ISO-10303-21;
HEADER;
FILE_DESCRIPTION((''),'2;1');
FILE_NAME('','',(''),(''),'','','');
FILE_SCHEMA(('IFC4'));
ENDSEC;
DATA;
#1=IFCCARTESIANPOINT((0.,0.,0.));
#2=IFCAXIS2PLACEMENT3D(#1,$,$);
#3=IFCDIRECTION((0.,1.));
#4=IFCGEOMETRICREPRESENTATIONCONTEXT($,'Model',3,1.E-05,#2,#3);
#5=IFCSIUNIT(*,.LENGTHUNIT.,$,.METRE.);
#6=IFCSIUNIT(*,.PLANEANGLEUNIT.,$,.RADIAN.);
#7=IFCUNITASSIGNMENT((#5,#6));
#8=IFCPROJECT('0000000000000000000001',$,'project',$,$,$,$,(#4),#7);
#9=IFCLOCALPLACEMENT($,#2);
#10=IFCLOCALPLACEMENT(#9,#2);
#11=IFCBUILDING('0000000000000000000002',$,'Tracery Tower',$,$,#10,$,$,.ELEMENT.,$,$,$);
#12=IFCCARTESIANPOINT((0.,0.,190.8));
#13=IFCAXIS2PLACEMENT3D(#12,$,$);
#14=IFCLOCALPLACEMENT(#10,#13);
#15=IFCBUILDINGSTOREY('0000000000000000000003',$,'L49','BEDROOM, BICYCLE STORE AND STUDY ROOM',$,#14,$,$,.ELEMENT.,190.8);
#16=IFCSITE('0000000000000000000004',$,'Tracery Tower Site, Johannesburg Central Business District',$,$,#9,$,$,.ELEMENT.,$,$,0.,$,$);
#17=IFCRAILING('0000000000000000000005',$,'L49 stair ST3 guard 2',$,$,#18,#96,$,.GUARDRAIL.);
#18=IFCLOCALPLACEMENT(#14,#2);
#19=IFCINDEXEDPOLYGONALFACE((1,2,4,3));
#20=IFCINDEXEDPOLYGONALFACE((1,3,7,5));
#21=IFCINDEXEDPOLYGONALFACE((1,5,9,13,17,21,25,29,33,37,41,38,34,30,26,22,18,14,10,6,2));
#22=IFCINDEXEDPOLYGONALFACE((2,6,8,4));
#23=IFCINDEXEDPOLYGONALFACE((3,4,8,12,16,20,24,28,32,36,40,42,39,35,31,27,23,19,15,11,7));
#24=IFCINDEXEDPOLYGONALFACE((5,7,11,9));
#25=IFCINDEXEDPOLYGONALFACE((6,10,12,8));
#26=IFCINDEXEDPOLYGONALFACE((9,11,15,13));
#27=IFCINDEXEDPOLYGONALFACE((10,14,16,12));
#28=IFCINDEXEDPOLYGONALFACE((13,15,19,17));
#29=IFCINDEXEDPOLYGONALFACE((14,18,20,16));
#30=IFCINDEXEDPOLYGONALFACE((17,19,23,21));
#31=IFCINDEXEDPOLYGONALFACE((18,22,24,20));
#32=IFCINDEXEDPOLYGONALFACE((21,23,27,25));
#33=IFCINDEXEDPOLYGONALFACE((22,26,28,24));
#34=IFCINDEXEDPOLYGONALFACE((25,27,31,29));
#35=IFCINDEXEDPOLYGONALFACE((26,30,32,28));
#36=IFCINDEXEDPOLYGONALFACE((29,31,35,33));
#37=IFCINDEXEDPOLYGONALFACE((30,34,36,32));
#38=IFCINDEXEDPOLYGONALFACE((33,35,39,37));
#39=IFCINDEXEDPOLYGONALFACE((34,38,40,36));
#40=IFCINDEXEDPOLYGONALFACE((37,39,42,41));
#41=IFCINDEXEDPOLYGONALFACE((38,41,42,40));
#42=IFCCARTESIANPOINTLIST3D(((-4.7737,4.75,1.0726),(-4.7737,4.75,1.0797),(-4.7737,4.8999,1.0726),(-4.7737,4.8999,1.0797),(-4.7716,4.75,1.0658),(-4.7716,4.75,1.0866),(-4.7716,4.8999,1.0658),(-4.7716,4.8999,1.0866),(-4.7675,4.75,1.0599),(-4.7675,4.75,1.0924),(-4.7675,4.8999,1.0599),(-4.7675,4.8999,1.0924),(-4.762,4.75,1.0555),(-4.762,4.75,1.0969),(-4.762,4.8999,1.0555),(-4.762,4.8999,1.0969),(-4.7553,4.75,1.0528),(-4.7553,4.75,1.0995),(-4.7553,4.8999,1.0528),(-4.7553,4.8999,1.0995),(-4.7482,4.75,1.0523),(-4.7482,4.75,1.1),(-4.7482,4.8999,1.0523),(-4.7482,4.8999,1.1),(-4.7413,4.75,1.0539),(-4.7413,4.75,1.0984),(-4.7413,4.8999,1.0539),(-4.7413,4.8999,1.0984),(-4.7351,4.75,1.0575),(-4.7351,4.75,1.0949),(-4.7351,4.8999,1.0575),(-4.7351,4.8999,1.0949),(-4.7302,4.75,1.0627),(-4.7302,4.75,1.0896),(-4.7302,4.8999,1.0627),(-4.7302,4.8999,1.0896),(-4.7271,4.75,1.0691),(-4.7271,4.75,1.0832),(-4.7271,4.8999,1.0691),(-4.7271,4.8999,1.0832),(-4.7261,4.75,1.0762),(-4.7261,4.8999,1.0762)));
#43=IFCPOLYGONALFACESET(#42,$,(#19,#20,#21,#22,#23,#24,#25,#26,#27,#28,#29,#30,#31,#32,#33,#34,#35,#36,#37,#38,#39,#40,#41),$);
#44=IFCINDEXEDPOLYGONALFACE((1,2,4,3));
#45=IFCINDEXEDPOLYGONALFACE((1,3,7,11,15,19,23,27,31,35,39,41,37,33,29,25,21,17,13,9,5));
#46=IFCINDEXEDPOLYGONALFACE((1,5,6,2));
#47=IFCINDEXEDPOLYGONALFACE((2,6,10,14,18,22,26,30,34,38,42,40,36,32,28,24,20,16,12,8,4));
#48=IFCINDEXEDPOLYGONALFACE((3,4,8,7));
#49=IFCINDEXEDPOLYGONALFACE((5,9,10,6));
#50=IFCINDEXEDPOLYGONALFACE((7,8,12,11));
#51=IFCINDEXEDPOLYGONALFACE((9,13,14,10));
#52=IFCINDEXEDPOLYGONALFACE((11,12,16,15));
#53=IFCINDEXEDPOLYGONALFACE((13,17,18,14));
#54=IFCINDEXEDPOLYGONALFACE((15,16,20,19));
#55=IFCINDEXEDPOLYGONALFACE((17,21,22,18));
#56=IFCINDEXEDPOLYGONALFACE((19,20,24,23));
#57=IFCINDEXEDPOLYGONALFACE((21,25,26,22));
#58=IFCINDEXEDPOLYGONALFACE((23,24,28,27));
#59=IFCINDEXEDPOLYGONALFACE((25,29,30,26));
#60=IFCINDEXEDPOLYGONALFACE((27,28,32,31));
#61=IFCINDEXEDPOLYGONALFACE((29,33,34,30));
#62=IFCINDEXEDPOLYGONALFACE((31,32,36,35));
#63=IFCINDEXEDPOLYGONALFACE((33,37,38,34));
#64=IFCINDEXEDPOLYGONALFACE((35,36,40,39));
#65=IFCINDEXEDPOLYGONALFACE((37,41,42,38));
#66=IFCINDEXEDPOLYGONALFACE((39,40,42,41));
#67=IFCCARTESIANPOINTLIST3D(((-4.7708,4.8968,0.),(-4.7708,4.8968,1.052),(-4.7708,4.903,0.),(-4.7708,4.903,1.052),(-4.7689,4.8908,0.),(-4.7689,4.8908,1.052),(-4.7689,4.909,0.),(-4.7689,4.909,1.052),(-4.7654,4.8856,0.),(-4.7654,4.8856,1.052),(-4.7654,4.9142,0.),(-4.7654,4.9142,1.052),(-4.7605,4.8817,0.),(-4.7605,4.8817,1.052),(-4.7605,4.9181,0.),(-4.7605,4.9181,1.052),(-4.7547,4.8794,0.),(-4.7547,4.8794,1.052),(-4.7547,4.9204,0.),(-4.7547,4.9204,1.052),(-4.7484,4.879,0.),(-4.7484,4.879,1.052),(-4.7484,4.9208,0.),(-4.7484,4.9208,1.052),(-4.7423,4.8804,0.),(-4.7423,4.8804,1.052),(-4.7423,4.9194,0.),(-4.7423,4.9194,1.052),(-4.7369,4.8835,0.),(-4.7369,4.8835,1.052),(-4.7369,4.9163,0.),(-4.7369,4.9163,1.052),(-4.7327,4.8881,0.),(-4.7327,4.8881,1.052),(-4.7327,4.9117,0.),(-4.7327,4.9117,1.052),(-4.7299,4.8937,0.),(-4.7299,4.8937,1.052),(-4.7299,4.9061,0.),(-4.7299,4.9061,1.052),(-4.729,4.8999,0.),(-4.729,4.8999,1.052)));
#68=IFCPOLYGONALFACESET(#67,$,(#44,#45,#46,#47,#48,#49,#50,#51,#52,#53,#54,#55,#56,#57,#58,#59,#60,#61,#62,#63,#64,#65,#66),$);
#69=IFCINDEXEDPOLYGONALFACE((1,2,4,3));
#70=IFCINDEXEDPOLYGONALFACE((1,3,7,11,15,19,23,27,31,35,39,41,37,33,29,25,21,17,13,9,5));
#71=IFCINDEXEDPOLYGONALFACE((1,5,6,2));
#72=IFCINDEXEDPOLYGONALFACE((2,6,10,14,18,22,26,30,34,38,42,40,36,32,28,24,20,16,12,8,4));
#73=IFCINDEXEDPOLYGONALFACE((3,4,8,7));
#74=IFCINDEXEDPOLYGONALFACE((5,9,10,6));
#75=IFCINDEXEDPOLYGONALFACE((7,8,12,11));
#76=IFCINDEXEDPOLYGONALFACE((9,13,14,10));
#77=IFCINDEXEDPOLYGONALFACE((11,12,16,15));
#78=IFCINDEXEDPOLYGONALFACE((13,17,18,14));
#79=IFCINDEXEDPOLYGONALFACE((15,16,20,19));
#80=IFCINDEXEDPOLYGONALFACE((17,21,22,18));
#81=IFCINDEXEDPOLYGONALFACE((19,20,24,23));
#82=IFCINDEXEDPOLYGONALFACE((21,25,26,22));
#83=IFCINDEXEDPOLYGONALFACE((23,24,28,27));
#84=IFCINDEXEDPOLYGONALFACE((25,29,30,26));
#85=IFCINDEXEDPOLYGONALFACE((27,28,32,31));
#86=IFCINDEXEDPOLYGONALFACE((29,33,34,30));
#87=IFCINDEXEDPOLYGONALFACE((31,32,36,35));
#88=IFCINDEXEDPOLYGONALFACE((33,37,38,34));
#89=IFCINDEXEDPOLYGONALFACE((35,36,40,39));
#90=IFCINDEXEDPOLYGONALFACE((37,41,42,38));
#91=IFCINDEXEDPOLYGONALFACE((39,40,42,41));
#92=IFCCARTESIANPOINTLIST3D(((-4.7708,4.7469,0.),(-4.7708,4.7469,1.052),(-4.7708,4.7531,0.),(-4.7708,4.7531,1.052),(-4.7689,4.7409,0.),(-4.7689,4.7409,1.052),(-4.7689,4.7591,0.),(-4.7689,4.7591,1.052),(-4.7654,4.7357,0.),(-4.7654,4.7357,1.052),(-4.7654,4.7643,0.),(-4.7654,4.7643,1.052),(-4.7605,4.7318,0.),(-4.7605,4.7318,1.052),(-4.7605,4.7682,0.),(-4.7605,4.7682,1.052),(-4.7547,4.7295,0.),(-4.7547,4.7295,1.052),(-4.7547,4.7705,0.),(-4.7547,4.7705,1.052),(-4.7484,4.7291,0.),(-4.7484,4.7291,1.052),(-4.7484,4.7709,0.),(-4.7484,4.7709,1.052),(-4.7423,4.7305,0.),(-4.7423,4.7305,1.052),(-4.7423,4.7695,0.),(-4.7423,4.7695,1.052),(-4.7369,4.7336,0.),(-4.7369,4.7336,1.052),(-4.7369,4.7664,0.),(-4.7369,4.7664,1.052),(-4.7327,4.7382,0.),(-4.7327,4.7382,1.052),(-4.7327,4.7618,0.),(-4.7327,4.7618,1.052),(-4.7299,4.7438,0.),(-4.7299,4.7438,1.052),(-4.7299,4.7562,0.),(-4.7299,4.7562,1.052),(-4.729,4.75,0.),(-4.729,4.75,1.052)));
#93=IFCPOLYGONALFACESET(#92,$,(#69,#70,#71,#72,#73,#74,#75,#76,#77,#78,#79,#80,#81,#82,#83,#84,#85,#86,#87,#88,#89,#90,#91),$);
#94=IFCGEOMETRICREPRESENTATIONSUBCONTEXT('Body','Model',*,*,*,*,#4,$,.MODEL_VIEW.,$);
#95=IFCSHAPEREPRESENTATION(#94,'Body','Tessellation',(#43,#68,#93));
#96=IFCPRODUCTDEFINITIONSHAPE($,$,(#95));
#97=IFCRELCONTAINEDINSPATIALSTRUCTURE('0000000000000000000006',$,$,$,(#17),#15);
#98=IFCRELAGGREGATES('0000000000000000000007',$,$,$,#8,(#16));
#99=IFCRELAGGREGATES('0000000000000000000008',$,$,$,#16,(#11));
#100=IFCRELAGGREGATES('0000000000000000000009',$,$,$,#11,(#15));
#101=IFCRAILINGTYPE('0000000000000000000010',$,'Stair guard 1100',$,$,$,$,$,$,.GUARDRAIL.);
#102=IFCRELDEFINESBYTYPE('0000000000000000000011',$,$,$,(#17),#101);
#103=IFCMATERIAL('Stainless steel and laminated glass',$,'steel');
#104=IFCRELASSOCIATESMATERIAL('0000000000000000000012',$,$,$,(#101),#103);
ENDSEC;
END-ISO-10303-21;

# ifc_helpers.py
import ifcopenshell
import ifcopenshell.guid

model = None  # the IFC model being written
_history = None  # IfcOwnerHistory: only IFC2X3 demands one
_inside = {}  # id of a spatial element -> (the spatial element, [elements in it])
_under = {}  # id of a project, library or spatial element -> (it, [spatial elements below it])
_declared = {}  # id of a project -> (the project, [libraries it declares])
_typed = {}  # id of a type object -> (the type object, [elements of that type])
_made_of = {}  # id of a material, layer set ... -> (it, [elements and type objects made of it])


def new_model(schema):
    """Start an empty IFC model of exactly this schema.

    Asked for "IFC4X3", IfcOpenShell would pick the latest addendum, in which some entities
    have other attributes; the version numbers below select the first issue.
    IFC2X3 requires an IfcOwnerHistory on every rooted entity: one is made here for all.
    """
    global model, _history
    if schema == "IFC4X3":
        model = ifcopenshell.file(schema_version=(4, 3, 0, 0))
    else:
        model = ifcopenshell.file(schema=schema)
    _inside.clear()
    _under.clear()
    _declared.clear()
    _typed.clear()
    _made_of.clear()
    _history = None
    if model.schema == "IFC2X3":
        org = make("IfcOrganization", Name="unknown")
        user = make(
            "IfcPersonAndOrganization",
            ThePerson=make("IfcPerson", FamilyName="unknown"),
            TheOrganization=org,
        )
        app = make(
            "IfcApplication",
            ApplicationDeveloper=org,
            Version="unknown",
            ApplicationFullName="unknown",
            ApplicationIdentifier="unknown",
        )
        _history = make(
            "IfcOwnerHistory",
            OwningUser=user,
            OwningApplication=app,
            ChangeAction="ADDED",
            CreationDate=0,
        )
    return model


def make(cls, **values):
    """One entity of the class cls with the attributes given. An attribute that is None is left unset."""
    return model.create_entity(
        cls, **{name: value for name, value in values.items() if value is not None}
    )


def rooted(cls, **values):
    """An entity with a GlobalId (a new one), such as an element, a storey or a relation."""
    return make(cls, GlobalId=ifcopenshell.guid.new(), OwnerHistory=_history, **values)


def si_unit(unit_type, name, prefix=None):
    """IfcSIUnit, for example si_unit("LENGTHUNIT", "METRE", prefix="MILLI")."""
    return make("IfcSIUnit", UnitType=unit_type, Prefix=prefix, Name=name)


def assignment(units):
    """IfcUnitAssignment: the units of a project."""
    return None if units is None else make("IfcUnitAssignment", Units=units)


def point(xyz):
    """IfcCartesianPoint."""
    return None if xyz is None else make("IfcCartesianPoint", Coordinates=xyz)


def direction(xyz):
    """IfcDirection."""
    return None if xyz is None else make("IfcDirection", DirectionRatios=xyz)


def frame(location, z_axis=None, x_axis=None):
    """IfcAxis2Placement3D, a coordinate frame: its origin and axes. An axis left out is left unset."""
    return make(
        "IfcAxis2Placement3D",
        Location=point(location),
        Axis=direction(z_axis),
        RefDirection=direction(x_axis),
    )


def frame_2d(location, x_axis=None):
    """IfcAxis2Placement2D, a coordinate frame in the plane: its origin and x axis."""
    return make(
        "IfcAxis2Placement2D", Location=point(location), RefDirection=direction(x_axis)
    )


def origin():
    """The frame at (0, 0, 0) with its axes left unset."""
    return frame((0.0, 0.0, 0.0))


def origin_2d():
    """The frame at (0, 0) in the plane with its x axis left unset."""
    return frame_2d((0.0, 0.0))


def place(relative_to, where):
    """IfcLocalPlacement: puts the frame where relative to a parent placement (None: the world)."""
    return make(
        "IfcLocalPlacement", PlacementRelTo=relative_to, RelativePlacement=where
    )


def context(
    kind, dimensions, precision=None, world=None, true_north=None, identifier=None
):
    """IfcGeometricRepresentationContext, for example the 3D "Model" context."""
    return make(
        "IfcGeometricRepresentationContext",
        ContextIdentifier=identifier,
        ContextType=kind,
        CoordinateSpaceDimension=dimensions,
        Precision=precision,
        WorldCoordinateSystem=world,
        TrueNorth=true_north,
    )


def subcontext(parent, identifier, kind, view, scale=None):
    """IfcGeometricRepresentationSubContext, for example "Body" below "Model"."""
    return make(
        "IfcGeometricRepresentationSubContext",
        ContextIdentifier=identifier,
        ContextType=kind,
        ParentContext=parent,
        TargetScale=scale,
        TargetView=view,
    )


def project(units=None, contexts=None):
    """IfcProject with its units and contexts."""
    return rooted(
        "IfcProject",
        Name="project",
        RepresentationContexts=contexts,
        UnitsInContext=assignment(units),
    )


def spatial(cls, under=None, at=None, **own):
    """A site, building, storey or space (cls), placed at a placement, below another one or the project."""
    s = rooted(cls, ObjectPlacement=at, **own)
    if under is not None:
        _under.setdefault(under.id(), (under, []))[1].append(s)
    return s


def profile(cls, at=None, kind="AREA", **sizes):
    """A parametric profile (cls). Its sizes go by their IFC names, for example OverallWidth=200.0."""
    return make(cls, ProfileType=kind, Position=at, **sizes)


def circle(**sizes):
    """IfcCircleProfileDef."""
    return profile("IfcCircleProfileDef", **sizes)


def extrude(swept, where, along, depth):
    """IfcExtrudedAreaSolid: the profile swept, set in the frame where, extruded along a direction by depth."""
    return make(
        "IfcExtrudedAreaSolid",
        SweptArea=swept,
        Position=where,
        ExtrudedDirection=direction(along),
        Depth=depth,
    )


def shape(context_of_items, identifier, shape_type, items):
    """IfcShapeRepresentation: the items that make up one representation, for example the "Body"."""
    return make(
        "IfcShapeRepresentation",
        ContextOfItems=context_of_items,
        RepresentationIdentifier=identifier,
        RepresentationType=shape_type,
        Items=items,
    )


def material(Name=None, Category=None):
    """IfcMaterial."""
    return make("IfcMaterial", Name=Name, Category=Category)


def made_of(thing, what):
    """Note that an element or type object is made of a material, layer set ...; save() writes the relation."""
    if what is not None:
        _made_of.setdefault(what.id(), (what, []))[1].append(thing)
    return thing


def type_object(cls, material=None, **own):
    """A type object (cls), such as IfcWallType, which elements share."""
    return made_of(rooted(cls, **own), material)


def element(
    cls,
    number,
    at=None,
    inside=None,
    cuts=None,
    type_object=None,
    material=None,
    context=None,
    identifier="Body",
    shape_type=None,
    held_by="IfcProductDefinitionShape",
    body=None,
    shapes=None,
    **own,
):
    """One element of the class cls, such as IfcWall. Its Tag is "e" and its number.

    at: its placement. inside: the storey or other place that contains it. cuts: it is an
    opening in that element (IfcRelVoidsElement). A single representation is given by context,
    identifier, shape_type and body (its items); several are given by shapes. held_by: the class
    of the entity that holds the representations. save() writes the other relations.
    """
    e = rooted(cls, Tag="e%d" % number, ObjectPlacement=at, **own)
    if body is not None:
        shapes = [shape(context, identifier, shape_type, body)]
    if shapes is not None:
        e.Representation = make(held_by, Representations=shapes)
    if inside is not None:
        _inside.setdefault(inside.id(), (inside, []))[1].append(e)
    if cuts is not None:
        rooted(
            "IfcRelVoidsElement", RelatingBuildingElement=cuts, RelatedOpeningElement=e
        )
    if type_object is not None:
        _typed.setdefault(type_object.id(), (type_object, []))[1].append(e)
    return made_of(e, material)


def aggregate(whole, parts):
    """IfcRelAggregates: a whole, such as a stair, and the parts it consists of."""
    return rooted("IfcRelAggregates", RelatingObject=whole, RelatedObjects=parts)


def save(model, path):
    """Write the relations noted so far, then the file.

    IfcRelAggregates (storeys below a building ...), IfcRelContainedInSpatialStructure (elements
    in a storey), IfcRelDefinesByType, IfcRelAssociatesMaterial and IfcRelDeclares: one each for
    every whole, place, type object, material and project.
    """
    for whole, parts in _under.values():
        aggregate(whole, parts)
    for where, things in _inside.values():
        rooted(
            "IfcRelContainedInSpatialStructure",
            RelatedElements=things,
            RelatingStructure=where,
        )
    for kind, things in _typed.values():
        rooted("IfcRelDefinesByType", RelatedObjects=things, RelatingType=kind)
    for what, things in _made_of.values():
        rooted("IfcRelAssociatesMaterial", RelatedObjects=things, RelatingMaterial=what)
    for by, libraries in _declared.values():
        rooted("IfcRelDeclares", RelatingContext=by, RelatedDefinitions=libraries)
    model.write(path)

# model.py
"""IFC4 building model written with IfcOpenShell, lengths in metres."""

from ifc_helpers import new_model, si_unit, direction, frame, origin, origin_2d, place, context, subcontext, project, spatial, circle, extrude, material, type_object, element, save


model = new_model("IFC4")

# Units and contexts
model_context = context("Model", 3, precision=1e-05, world=origin(), true_north=direction((0.0, 1.0)))
body_context = subcontext(model_context, "Body", "Model", "MODEL_VIEW")
ifc_project = project(units=[si_unit("LENGTHUNIT", "METRE"), si_unit("PLANEANGLEUNIT", "RADIAN")], contexts=[model_context])

# Site, building, storey
site_placement = place(None, origin())
site = spatial("IfcSite", under=ifc_project, at=site_placement, Name="Tracery Tower Site, Johannesburg Central Business District", CompositionType="ELEMENT", RefElevation=0.0)
building_placement = place(site_placement, origin())
building = spatial("IfcBuilding", under=site, at=building_placement, Name="Tracery Tower", CompositionType="ELEMENT")
storey_placement = place(building_placement, frame((0.0, 0.0, 190.8)))
storey = spatial("IfcBuildingStorey", under=building, at=storey_placement, Name="L49", Description="BEDROOM, BICYCLE STORE AND STUDY ROOM", CompositionType="ELEMENT", Elevation=190.8)

# Railing
ifc_material_1 = material(Name="Stainless steel and laminated glass", Category="steel")
railing_type_1 = type_object("IfcRailingType", Name="Stair guard 1100", PredefinedType="GUARDRAIL", material=ifc_material_1)
railing_1_placement = place(storey_placement, frame((-4.75, 4.8999, 0.0)))
element("IfcRailing", 1, at=railing_1_placement, inside=storey, type_object=railing_type_1, Name="L49 stair ST3 guard 2", PredefinedType="GUARDRAIL", context=body_context, shape_type="SweptSolid", body=[
    extrude(circle(Radius=0.0239, at=origin_2d()), frame((0.0, 0.0, 1.0762), z_axis=(0.0, -1.0, 0.0), x_axis=(1.0, 0.0, 0.0)), (0.0, 0.0, 1.0), 0.1499),
    extrude(circle(Radius=0.021, at=origin_2d()), origin(), (0.0, 0.0, 1.0), 1.052),
    extrude(circle(Radius=0.021, at=origin_2d()), frame((0.0, -0.1499, 0.0)), (0.0, 0.0, 1.0), 1.052),
])

save(model, "model.ifc")
